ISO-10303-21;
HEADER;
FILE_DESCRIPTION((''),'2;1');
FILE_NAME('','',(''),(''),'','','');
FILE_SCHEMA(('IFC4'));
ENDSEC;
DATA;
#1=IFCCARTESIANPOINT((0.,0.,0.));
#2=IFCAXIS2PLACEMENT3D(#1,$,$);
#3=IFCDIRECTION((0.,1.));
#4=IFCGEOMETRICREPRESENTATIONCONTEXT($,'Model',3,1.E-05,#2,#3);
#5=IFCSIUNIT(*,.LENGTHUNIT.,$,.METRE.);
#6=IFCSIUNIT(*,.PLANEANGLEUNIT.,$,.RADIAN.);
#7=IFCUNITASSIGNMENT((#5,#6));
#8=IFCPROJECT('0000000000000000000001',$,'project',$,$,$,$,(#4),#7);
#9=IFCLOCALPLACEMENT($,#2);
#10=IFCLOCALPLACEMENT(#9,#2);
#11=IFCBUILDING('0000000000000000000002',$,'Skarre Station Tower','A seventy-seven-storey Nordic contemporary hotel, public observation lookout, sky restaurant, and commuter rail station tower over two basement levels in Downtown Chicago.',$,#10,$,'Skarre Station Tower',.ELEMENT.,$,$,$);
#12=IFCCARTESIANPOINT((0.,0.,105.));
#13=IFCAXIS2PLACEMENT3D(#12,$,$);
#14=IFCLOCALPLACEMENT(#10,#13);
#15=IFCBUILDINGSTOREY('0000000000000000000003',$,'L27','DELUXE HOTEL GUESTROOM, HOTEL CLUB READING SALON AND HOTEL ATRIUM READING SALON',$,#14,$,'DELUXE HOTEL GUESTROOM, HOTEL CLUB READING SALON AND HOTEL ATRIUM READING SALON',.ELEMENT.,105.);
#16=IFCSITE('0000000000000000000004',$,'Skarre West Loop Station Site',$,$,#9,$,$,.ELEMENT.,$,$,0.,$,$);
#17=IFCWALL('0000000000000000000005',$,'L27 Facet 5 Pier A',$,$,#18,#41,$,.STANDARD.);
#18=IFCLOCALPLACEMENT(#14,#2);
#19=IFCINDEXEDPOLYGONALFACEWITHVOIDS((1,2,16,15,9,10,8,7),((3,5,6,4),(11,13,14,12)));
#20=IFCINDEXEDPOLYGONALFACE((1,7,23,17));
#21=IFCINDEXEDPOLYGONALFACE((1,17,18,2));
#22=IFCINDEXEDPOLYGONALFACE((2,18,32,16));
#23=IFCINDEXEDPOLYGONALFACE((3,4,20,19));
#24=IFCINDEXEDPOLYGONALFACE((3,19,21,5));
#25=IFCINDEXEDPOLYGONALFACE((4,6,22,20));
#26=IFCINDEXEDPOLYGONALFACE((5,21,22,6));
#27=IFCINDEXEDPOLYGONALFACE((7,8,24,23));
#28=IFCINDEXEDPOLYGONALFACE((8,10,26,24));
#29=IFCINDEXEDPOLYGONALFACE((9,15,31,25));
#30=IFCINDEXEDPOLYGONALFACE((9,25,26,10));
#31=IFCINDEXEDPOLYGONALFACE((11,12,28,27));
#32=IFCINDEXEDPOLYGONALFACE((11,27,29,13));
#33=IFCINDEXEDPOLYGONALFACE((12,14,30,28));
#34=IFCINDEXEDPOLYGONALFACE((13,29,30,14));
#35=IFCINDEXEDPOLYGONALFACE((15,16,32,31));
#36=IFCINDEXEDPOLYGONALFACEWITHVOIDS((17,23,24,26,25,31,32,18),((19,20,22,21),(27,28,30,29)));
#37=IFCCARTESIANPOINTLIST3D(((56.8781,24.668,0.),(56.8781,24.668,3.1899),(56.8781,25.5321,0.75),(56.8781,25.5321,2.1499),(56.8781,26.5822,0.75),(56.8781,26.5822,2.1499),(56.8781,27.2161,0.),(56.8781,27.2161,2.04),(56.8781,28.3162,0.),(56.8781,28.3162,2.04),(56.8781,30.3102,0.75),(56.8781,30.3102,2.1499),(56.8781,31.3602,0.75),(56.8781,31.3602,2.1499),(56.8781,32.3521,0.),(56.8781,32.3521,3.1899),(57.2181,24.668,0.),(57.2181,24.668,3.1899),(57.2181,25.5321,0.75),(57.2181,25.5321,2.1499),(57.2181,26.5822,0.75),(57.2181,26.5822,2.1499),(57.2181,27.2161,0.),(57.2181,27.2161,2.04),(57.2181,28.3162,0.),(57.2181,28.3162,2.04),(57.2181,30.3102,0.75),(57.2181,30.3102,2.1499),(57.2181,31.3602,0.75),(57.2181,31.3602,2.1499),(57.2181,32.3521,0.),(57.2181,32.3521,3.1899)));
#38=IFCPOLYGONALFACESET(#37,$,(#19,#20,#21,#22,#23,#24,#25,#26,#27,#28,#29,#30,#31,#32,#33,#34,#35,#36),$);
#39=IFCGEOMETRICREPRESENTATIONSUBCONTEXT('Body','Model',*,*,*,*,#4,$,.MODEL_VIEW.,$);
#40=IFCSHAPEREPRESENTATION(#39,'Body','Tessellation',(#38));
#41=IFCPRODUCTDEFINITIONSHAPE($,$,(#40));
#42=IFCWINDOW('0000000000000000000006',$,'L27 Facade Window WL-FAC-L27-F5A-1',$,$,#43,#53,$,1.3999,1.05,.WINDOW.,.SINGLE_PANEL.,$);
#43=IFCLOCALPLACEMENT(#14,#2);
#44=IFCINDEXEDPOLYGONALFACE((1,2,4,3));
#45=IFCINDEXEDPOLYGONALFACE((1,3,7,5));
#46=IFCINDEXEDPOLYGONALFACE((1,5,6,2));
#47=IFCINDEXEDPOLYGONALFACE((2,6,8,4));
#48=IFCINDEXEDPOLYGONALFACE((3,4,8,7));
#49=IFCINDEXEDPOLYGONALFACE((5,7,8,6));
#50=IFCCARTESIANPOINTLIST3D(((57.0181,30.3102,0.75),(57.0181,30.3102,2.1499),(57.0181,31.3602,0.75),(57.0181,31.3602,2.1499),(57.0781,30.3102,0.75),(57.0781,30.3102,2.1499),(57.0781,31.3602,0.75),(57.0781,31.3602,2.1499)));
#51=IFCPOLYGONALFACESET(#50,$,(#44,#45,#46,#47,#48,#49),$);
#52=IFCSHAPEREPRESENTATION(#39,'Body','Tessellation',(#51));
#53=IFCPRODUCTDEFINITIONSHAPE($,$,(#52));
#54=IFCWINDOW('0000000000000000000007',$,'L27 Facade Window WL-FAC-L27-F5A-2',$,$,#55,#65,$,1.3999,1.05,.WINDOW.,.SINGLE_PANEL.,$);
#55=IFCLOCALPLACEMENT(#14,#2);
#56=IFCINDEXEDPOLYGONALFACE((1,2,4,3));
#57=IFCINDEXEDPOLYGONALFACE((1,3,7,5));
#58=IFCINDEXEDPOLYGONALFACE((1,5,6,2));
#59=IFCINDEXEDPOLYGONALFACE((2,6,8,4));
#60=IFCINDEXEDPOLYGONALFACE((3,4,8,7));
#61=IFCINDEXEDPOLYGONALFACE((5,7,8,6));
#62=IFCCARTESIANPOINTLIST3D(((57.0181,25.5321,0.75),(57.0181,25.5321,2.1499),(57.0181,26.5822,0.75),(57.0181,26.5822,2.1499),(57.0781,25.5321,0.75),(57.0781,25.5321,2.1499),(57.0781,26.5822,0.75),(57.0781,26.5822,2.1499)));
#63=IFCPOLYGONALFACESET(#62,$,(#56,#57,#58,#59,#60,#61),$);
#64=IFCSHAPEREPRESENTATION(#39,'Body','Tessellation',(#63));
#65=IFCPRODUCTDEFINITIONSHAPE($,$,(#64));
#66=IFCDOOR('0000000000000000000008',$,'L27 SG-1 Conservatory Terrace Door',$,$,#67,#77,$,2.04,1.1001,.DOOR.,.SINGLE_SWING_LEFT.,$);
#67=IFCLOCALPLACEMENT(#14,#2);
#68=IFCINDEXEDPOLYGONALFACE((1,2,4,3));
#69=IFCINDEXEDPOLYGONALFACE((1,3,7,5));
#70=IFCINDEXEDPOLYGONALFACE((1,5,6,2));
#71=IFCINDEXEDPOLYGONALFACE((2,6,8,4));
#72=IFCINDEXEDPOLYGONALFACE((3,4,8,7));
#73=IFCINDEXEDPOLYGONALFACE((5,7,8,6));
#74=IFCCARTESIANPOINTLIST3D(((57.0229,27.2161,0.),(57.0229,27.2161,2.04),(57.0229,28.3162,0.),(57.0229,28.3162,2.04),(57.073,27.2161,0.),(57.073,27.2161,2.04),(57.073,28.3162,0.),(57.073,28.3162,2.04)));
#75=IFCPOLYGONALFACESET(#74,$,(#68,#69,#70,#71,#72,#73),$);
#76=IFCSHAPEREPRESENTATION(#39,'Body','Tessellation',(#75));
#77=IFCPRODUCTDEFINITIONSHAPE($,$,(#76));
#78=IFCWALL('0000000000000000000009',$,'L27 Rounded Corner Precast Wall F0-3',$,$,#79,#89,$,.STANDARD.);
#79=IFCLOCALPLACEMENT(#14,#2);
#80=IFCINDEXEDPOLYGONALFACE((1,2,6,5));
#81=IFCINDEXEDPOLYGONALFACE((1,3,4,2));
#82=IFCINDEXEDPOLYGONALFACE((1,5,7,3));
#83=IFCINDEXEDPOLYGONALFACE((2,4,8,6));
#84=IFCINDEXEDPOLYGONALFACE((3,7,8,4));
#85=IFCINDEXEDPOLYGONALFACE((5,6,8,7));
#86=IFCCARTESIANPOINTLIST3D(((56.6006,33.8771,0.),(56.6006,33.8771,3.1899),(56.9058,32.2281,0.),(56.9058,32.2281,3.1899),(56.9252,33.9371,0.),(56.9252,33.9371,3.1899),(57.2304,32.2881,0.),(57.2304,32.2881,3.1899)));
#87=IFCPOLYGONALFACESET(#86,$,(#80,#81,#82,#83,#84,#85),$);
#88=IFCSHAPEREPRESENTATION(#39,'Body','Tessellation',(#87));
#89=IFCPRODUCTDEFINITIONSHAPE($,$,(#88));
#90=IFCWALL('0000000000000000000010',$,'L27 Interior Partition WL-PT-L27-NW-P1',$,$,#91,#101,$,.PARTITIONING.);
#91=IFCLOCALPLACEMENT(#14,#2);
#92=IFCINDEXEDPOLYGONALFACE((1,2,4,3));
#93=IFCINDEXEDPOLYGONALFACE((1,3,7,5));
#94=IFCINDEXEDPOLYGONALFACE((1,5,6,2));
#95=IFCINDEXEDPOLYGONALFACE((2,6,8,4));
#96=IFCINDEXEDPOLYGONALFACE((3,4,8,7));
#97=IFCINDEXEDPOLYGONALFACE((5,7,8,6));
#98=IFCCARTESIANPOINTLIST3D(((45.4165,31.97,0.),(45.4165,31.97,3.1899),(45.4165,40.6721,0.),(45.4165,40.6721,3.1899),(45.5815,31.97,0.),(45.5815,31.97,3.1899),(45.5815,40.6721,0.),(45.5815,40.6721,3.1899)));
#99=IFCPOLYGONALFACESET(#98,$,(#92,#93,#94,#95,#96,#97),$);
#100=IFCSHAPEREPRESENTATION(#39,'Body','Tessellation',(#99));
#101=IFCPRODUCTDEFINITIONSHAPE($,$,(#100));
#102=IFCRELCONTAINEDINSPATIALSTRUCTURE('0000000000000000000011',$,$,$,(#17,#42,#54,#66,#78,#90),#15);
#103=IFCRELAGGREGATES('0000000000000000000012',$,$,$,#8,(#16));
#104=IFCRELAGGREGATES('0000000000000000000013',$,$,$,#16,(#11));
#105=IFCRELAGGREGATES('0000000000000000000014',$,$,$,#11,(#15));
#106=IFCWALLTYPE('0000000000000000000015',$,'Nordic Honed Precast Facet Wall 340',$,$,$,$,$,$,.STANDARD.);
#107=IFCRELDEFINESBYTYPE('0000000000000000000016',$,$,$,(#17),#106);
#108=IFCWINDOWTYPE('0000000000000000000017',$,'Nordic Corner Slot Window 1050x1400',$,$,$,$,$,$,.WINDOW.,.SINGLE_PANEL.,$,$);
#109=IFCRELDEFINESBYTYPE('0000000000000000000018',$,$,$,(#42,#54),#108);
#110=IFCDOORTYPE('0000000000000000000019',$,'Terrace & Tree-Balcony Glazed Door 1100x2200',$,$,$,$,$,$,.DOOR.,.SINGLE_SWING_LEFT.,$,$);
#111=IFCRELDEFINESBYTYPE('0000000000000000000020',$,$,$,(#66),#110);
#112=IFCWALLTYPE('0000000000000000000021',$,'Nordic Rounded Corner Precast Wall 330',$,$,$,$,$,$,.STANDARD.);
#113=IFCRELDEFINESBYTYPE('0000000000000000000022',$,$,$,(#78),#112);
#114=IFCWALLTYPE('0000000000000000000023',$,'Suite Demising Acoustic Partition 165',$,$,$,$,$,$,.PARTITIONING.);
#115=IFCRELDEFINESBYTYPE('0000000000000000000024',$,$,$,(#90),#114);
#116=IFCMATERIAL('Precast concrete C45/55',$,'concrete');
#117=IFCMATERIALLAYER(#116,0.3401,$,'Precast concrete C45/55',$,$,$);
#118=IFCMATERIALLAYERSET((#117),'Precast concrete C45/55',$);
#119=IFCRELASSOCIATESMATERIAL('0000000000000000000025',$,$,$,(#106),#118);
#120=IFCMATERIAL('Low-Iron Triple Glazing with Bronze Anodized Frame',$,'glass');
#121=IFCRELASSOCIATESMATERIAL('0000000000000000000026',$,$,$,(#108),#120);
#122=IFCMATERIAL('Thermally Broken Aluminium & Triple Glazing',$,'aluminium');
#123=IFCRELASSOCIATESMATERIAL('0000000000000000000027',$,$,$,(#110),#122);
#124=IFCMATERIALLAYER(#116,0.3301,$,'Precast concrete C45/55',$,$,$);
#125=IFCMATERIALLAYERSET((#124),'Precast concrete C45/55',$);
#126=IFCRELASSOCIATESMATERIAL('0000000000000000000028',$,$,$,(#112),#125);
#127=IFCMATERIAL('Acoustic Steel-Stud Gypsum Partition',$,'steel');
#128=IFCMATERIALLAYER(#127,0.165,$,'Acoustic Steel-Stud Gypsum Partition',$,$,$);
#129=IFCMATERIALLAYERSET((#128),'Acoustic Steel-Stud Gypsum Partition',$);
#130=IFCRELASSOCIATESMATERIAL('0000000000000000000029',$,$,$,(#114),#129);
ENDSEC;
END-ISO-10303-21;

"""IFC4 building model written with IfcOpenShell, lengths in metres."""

from ifc_helpers import new_model, si_unit, direction, frame, frame_2d, origin, place, context, subcontext, project, spatial, rectangle, extrude, material, layer, layer_set, type_object, element, fill, save


model = new_model("IFC4")

# Units and contexts
model_context = context("Model", 3, precision=1e-05, world=origin(), true_north=direction((0.0, 1.0)))
body_context = subcontext(model_context, "Body", "Model", "MODEL_VIEW")
ifc_project = project(units=[si_unit("LENGTHUNIT", "METRE"), si_unit("PLANEANGLEUNIT", "RADIAN")], contexts=[model_context])

# Site, building, storey
site_placement = place(None, origin())
site = spatial("IfcSite", under=ifc_project, at=site_placement, Name="Skarre West Loop Station Site", CompositionType="ELEMENT", RefElevation=0.0)
building_placement = place(site_placement, origin())
building = spatial("IfcBuilding", under=site, at=building_placement, Name="Skarre Station Tower", Description="A seventy-seven-storey Nordic contemporary hotel, public observation lookout, sky restaurant, and commuter rail station tower over two basement levels in Downtown Chicago.", LongName="Skarre Station Tower", CompositionType="ELEMENT")
storey_placement = place(building_placement, frame((0.0, 0.0, 105.0)))
storey = spatial("IfcBuildingStorey", under=building, at=storey_placement, Name="L27", Description="DELUXE HOTEL GUESTROOM, HOTEL CLUB READING SALON AND HOTEL ATRIUM READING SALON", LongName="DELUXE HOTEL GUESTROOM, HOTEL CLUB READING SALON AND HOTEL ATRIUM READING SALON", CompositionType="ELEMENT", Elevation=105.0)

# Shared definitions
ifc_material_1 = material(Name="Acoustic Steel-Stud Gypsum Partition", Category="steel")

# Wall, openings, windows, door
ifc_material_2 = material(Name="Precast concrete C45/55", Category="concrete")
ifc_layer_1 = layer(ifc_material_2, 0.3401, Name="Precast concrete C45/55")
ifc_layer_set_1 = layer_set([ifc_layer_1], Name="Precast concrete C45/55")
wall_type_1 = type_object("IfcWallType", Name="Nordic Honed Precast Facet Wall 340", PredefinedType="STANDARD", material=ifc_layer_set_1)
wall_1_placement = place(storey_placement, frame((57.0481, 32.3521, 0.0), z_axis=(0.0, 0.0, 1.0), x_axis=(0.0, -1.0, 0.0)))
wall_1 = element("IfcWall", 1, at=wall_1_placement, inside=storey, type_object=wall_type_1, Name="L27 Facet 5 Pier A", PredefinedType="STANDARD", context=body_context, shape_type="SweptSolid", body=[
    extrude(rectangle(XDim=7.6841, YDim=0.3401, at=frame_2d((3.842, 0.0))), origin(), (0.0, 0.0, 1.0), 3.1899),
])
opening_1_placement = place(wall_1_placement, frame((4.0359, 0.0, 0.0)))
opening_1 = element("IfcOpeningElement", 2, at=opening_1_placement, cuts=wall_1, PredefinedType="OPENING", context=body_context, shape_type="SweptSolid", body=[
    extrude(rectangle(XDim=1.1001, YDim=2.04, at=frame_2d((0.55, 1.02))), frame((0.0, 0.1799, 0.0), z_axis=(0.0, -1.0, 0.0), x_axis=(1.0, 0.0, 0.0)), (0.0, 0.0, 1.0), 0.3601),
])
opening_2_placement = place(wall_1_placement, frame((0.9919, 0.0, 0.75)))
opening_2 = element("IfcOpeningElement", 3, at=opening_2_placement, cuts=wall_1, PredefinedType="OPENING", context=body_context, shape_type="SweptSolid", body=[
    extrude(rectangle(XDim=1.05, YDim=1.3999, at=frame_2d((0.5249, 0.7))), frame((0.0, 0.1799, 0.0), z_axis=(0.0, -1.0, 0.0), x_axis=(1.0, 0.0, 0.0)), (0.0, 0.0, 1.0), 0.3601),
])
opening_3_placement = place(wall_1_placement, frame((5.77, 0.0, 0.75)))
opening_3 = element("IfcOpeningElement", 4, at=opening_3_placement, cuts=wall_1, PredefinedType="OPENING", context=body_context, shape_type="SweptSolid", body=[
    extrude(rectangle(XDim=1.05, YDim=1.3999, at=frame_2d((0.5249, 0.7))), frame((0.0, 0.1799, 0.0), z_axis=(0.0, -1.0, 0.0), x_axis=(1.0, 0.0, 0.0)), (0.0, 0.0, 1.0), 0.3601),
])
ifc_material_3 = material(Name="Low-Iron Triple Glazing with Bronze Anodized Frame", Category="glass")
window_type = type_object("IfcWindowType", Name="Nordic Corner Slot Window 1050x1400", PartitioningType="SINGLE_PANEL", PredefinedType="WINDOW", material=ifc_material_3)
window_1_placement = place(opening_2_placement, origin())
window_1 = element("IfcWindow", 5, at=window_1_placement, inside=storey, type_object=window_type, Name="L27 Facade Window WL-FAC-L27-F5A-1", OverallHeight=1.3999, OverallWidth=1.05, PartitioningType="SINGLE_PANEL", PredefinedType="WINDOW", context=body_context, shape_type="SweptSolid", body=[
    extrude(rectangle(XDim=1.05, YDim=1.3999, at=frame_2d((0.5249, 0.7))), frame((0.0, 0.03, 0.0), z_axis=(0.0, -1.0, 0.0), x_axis=(1.0, 0.0, 0.0)), (0.0, 0.0, 1.0), 0.0601),
])
fill(opening_2, window_1)
window_2_placement = place(opening_3_placement, origin())
window_2 = element("IfcWindow", 6, at=window_2_placement, inside=storey, type_object=window_type, Name="L27 Facade Window WL-FAC-L27-F5A-2", OverallHeight=1.3999, OverallWidth=1.05, PartitioningType="SINGLE_PANEL", PredefinedType="WINDOW", context=body_context, shape_type="SweptSolid", body=[
    extrude(rectangle(XDim=1.05, YDim=1.3999, at=frame_2d((0.5249, 0.7))), frame((0.0, 0.03, 0.0), z_axis=(0.0, -1.0, 0.0), x_axis=(1.0, 0.0, 0.0)), (0.0, 0.0, 1.0), 0.0601),
])
fill(opening_3, window_2)
ifc_material_4 = material(Name="Thermally Broken Aluminium & Triple Glazing", Category="aluminium")
door_type_1 = type_object("IfcDoorType", Name="Terrace & Tree-Balcony Glazed Door 1100x2200", OperationType="SINGLE_SWING_LEFT", PredefinedType="DOOR", material=ifc_material_4)
door_1_placement = place(opening_1_placement, origin())
door_1 = element("IfcDoor", 7, at=door_1_placement, inside=storey, type_object=door_type_1, Name="L27 SG-1 Conservatory Terrace Door", OperationType="SINGLE_SWING_LEFT", OverallHeight=2.04, OverallWidth=1.1001, PredefinedType="DOOR", context=body_context, shape_type="SweptSolid", body=[
    extrude(rectangle(XDim=1.1001, YDim=2.04, at=frame_2d((0.55, 1.02))), frame((0.0, 0.0249, 0.0), z_axis=(0.0, -1.0, 0.0), x_axis=(1.0, 0.0, 0.0)), (0.0, 0.0, 1.0), 0.05),
])
fill(opening_1, door_1)

# Walls
ifc_layer_2 = layer(ifc_material_2, 0.3301, Name="Precast concrete C45/55")
ifc_layer_set_2 = layer_set([ifc_layer_2], Name="Precast concrete C45/55")
wall_type_2 = type_object("IfcWallType", Name="Nordic Rounded Corner Precast Wall 330", PredefinedType="STANDARD", material=ifc_layer_set_2)
wall_2_placement = place(storey_placement, frame((56.7629, 33.907, 0.0), z_axis=(0.0, 0.0, 1.0), x_axis=(0.181985, -0.983301, 0.0)))
element("IfcWall", 8, at=wall_2_placement, inside=storey, type_object=wall_type_2, Name="L27 Rounded Corner Precast Wall F0-3", PredefinedType="STANDARD", context=body_context, shape_type="SweptSolid", body=[
    extrude(rectangle(XDim=1.677, YDim=0.3301, at=frame_2d((0.8384, 0.0))), origin(), (0.0, 0.0, 1.0), 3.1899),
])
ifc_layer_3 = layer(ifc_material_1, 0.165, Name="Acoustic Steel-Stud Gypsum Partition")
ifc_layer_set_3 = layer_set([ifc_layer_3], Name="Acoustic Steel-Stud Gypsum Partition")
wall_type_3 = type_object("IfcWallType", Name="Suite Demising Acoustic Partition 165", PredefinedType="PARTITIONING", material=ifc_layer_set_3)
wall_3_placement = place(storey_placement, frame((45.499, 31.97, 0.0), z_axis=(0.0, 0.0, 1.0), x_axis=(0.0, 1.0, 0.0)))
element("IfcWall", 9, at=wall_3_placement, inside=storey, type_object=wall_type_3, Name="L27 Interior Partition WL-PT-L27-NW-P1", PredefinedType="PARTITIONING", context=body_context, shape_type="SweptSolid", body=[
    extrude(rectangle(XDim=8.7021, YDim=0.165, at=frame_2d((4.3511, 0.0))), origin(), (0.0, 0.0, 1.0), 3.1899),
])

save(model, "model.ifc")
